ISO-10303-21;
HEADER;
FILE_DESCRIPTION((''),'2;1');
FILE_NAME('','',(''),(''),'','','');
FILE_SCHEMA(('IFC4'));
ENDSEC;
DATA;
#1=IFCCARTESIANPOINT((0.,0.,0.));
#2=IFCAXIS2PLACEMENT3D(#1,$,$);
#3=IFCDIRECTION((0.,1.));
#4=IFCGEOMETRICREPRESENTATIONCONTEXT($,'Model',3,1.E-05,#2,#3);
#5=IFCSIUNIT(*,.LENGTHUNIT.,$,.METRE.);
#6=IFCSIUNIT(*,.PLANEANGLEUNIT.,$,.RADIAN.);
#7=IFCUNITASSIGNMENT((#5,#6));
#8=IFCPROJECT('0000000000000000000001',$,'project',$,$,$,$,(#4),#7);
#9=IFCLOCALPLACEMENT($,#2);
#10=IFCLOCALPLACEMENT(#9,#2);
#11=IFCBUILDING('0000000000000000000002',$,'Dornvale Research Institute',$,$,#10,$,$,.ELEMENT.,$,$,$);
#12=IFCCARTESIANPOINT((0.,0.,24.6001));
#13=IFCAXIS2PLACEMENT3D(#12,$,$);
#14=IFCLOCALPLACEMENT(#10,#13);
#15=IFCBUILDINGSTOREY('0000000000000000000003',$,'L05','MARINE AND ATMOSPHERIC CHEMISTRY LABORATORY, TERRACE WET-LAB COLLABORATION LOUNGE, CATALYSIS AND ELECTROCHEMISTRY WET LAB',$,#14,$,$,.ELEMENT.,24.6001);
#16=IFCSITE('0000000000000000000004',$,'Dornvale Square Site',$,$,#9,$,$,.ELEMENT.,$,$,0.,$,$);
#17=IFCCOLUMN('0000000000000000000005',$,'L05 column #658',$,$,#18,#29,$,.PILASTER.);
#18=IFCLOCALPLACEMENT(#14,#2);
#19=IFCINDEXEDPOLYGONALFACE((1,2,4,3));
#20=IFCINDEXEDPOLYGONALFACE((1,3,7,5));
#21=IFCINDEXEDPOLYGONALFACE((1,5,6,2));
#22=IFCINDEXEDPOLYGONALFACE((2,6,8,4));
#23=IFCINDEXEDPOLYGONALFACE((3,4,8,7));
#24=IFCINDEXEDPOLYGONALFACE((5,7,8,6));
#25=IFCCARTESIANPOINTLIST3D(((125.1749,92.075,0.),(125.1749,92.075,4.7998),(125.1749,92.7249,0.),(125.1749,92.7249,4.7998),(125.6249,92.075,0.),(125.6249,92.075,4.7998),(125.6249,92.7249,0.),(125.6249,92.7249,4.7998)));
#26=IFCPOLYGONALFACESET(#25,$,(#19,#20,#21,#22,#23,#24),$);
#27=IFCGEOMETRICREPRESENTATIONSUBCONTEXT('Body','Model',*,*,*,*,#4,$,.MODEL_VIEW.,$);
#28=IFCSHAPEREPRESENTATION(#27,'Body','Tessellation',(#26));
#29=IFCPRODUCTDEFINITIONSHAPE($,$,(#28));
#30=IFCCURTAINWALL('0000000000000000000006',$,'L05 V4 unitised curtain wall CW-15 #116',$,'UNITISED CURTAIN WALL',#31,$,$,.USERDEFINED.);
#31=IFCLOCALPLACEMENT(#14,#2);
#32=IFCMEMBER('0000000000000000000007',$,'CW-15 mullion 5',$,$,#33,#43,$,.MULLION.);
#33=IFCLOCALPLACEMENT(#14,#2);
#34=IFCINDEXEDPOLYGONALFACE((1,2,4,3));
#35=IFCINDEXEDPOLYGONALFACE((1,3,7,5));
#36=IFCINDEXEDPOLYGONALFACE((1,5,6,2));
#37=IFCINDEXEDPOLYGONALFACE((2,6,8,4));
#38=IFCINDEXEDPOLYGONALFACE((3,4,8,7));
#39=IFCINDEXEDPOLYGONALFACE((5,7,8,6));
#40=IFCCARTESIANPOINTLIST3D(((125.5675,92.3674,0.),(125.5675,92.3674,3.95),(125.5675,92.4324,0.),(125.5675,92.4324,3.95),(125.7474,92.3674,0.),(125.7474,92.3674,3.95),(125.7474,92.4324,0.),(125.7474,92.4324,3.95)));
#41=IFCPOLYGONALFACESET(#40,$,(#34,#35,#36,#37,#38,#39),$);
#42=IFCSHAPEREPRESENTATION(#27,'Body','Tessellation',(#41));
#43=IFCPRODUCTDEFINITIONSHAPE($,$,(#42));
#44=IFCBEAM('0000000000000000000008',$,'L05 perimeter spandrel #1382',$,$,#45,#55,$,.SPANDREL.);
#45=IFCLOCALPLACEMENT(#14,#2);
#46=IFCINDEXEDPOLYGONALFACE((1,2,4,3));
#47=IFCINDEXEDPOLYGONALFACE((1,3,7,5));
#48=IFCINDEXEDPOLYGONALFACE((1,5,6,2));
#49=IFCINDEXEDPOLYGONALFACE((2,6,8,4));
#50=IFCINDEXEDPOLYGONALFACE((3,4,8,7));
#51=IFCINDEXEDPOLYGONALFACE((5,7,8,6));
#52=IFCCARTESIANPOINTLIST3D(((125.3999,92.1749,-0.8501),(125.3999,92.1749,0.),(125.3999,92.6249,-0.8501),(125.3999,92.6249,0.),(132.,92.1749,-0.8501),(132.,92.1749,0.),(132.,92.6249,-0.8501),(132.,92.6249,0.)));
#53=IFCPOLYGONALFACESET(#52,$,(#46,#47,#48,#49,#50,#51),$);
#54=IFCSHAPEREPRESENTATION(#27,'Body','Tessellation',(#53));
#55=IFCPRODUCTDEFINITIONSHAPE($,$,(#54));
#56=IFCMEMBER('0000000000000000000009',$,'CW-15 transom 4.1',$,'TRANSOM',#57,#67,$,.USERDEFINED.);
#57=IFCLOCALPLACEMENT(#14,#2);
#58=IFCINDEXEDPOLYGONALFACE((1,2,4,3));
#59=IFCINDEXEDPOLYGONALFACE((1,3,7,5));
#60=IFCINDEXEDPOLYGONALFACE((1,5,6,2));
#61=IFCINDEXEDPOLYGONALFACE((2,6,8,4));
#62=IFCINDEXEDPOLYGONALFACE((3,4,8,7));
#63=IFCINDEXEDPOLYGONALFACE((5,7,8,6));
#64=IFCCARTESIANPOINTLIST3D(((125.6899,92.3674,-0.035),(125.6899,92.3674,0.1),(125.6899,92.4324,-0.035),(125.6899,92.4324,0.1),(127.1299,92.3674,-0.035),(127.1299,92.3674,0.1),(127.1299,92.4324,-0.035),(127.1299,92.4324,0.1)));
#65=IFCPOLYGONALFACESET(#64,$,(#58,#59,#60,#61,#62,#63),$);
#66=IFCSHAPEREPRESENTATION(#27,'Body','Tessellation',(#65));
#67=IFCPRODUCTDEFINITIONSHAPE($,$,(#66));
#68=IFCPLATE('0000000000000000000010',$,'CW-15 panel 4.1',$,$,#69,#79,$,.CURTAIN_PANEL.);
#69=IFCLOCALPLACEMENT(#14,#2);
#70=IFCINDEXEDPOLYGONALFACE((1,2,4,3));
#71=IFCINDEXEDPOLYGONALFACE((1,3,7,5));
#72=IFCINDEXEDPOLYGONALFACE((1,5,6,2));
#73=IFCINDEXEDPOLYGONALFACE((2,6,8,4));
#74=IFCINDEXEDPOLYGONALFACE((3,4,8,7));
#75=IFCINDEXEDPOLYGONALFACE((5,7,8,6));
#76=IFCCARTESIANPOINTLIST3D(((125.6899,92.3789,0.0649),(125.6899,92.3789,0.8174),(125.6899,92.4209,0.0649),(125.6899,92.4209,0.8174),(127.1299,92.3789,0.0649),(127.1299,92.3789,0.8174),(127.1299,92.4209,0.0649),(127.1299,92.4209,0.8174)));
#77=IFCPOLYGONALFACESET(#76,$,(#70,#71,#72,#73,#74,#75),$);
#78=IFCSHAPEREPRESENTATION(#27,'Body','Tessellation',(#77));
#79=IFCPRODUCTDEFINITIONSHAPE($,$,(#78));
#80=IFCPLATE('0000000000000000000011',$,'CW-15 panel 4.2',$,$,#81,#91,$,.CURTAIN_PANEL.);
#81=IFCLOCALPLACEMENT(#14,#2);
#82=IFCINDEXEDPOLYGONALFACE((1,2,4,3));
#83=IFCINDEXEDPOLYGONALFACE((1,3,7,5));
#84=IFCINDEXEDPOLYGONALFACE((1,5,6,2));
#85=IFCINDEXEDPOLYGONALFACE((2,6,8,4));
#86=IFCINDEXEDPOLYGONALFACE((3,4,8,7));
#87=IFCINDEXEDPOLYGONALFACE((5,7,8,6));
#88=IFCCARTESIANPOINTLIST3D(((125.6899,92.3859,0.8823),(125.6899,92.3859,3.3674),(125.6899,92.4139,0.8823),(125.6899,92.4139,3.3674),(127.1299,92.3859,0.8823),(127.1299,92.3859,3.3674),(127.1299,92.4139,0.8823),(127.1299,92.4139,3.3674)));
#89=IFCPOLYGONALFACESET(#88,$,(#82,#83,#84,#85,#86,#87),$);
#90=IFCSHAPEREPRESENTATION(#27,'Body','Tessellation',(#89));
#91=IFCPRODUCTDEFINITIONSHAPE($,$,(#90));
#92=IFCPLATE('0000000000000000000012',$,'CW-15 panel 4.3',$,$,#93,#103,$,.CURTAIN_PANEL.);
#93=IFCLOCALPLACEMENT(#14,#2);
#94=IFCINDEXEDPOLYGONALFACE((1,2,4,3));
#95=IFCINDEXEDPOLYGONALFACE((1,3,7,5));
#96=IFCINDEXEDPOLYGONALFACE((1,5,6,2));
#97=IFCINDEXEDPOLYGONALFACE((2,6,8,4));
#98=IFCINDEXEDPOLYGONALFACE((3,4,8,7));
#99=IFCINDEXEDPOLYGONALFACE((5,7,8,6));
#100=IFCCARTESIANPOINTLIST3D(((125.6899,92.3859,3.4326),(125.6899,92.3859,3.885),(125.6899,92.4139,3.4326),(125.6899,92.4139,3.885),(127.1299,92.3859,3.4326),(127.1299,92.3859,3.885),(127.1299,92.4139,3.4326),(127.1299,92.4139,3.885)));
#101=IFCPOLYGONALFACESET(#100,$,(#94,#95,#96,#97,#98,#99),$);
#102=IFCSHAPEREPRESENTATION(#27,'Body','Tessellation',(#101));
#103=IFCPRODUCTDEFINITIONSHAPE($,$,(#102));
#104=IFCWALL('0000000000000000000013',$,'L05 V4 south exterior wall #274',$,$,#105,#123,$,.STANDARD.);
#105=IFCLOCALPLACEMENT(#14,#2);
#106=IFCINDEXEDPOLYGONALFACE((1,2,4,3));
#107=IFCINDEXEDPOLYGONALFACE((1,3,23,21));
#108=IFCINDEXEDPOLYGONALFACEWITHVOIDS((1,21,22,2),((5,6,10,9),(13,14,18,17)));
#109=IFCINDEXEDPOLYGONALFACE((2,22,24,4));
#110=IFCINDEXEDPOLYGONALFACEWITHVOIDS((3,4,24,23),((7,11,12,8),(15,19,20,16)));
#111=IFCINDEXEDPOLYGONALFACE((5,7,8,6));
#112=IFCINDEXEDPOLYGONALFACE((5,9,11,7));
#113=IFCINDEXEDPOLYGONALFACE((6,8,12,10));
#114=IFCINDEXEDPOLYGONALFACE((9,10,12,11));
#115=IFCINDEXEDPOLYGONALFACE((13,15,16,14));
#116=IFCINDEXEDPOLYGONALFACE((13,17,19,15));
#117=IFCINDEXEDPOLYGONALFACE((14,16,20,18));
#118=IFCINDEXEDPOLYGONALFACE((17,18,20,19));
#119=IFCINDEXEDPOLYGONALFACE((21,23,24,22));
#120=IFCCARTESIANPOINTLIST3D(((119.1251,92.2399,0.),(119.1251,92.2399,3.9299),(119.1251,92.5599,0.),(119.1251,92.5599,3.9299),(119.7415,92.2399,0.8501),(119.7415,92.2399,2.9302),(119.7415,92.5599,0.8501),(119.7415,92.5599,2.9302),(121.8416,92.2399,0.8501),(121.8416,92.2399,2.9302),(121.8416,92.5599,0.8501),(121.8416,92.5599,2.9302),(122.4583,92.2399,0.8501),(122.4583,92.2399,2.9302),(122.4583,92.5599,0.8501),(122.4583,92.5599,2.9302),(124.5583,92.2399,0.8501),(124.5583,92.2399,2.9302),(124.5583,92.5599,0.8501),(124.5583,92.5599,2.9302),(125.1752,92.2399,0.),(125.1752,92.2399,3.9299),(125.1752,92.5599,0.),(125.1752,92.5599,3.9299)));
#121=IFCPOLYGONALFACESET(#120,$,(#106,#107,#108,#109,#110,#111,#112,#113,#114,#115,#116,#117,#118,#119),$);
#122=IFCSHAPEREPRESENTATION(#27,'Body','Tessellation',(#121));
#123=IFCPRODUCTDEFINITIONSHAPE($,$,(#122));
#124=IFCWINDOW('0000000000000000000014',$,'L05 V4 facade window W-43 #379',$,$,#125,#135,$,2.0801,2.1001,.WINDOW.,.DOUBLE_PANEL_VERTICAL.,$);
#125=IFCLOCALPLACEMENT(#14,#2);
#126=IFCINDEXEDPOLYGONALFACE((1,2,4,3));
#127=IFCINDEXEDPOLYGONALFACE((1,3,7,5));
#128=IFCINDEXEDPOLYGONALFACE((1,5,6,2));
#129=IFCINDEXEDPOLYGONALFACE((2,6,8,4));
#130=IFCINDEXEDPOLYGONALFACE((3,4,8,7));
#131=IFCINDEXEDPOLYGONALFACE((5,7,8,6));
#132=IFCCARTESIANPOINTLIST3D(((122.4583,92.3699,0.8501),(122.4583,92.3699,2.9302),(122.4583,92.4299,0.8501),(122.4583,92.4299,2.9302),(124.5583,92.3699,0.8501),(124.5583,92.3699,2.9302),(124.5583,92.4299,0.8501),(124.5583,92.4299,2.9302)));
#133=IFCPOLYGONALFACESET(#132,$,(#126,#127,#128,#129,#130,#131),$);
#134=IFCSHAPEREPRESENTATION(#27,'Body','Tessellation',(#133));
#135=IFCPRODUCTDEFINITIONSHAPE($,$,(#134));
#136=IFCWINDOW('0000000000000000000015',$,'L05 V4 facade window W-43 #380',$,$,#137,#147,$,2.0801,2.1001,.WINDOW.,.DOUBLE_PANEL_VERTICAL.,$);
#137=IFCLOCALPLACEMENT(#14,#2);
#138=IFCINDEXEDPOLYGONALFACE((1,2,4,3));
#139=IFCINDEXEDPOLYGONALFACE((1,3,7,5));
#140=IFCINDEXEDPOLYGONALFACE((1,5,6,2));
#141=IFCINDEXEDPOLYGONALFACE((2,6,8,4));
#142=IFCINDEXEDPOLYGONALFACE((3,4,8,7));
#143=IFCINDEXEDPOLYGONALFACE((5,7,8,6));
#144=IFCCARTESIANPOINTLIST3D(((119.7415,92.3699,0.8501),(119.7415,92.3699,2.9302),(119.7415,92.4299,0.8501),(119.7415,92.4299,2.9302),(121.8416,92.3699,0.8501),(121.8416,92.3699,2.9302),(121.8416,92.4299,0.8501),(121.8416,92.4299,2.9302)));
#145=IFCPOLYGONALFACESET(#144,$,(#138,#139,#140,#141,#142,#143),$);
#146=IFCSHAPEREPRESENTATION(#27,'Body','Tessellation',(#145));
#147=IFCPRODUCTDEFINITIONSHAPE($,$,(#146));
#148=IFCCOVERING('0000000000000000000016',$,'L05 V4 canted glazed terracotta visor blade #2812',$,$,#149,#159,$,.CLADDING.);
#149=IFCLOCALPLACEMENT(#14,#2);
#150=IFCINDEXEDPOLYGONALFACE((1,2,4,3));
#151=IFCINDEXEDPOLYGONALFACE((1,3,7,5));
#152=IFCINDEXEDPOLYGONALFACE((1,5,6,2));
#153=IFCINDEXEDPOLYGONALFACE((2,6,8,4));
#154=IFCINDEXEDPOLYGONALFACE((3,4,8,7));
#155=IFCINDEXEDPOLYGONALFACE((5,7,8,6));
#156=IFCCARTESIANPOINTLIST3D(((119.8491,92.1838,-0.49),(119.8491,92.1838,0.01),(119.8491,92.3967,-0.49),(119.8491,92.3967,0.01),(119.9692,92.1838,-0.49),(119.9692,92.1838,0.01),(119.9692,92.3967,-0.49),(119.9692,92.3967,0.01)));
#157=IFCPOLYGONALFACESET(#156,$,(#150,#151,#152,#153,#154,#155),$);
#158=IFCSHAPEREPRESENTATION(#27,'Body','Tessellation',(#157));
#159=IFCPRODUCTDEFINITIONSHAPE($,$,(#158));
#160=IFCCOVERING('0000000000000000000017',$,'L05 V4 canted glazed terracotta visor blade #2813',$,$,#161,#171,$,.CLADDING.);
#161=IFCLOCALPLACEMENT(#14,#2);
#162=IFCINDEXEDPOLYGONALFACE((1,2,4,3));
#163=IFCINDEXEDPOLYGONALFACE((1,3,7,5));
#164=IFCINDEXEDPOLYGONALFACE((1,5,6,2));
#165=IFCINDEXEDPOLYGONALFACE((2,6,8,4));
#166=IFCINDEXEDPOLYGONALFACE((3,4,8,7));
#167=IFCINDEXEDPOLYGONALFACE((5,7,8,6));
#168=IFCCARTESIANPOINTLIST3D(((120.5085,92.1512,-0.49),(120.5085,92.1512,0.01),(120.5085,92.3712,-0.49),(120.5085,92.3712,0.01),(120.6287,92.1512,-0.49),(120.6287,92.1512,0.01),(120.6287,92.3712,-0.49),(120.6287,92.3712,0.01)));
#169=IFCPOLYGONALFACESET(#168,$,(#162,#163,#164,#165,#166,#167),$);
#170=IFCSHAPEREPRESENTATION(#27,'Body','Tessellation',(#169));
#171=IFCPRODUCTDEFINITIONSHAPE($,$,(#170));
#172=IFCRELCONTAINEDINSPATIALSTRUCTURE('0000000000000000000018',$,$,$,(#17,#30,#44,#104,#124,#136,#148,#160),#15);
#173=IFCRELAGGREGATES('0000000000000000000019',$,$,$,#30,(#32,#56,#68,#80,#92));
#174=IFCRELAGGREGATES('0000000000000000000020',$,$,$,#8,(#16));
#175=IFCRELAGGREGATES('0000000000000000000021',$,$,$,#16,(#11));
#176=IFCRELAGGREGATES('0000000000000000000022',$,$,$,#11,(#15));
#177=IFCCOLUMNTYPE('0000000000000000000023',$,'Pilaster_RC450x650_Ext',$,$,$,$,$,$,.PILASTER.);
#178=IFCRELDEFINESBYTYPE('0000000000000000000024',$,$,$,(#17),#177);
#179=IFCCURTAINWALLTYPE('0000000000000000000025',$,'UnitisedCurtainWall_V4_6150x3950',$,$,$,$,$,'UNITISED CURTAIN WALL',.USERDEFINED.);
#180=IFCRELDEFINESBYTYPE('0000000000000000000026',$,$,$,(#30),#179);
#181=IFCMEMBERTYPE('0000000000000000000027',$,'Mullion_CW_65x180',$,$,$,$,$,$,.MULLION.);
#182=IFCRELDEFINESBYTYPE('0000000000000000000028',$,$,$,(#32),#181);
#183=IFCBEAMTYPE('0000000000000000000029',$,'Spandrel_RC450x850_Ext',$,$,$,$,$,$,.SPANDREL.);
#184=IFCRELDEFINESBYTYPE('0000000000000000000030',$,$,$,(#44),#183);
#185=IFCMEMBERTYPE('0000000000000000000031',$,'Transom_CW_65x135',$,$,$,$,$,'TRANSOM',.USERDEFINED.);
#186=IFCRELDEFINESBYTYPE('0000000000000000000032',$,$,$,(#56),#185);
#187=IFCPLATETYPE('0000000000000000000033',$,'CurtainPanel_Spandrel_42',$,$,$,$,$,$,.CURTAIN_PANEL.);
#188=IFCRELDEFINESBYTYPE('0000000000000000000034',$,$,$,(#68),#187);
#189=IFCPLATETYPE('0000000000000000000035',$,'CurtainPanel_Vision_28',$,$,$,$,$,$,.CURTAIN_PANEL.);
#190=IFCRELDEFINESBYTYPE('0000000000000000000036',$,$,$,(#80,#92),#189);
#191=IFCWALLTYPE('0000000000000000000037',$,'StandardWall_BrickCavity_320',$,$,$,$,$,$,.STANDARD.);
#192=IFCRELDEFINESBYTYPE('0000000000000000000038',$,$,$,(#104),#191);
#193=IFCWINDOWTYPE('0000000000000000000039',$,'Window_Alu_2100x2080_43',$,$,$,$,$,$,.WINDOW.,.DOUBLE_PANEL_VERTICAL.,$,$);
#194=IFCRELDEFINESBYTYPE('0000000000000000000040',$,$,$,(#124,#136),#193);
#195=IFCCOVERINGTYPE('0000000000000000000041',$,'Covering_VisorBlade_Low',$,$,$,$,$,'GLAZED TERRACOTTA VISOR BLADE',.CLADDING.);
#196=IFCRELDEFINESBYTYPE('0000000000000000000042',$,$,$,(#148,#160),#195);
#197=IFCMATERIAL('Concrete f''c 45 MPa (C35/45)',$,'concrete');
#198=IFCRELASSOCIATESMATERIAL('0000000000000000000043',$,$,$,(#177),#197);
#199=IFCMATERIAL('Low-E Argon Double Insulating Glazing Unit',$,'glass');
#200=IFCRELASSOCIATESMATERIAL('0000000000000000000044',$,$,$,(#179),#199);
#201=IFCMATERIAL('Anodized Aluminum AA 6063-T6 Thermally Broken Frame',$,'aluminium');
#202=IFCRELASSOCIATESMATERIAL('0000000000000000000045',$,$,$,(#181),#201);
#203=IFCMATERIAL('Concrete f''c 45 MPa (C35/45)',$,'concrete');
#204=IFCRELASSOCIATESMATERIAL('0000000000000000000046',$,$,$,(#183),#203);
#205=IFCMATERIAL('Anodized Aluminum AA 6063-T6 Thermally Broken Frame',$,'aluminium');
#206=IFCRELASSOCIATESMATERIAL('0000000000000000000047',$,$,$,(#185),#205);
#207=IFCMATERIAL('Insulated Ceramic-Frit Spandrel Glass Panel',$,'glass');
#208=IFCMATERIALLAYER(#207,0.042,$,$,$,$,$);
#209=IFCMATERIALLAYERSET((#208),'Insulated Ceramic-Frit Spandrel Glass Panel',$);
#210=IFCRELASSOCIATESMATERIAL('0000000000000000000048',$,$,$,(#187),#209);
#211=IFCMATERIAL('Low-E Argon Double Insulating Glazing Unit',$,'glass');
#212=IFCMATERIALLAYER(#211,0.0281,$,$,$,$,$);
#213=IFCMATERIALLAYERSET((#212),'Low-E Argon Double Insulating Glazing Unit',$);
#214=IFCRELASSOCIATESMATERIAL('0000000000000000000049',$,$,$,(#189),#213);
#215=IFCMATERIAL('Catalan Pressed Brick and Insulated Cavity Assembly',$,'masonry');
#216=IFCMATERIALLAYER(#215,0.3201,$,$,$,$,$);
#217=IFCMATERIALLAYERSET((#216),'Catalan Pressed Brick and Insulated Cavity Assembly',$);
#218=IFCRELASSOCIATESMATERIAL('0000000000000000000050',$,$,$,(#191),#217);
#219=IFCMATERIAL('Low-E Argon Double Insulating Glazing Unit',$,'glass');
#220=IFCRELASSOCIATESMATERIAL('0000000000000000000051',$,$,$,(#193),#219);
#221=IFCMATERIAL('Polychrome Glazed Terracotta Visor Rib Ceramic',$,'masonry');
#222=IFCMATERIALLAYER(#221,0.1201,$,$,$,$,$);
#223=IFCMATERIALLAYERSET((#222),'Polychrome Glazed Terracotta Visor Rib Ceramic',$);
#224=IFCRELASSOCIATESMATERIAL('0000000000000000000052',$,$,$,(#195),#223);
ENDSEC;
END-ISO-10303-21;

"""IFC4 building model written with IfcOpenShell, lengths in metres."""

from ifc_helpers import new_model, si_unit, direction, frame, frame_2d, origin, origin_2d, place, context, subcontext, project, spatial, rectangle, extrude, material, layer, layer_set, material_profile, profile_set, type_object, element, fill, aggregate, save


model = new_model("IFC4")

# Units and contexts
model_context = context("Model", 3, precision=1e-05, world=origin(), true_north=direction((0.0, 1.0)))
body_context = subcontext(model_context, "Body", "Model", "MODEL_VIEW")
ifc_project = project(units=[si_unit("LENGTHUNIT", "METRE"), si_unit("PLANEANGLEUNIT", "RADIAN")], contexts=[model_context])

# Site, building, storey
site_placement = place(None, origin())
site = spatial("IfcSite", under=ifc_project, at=site_placement, Name="Dornvale Square Site", CompositionType="ELEMENT", RefElevation=0.0)
building_placement = place(site_placement, origin())
building = spatial("IfcBuilding", under=site, at=building_placement, Name="Dornvale Research Institute", CompositionType="ELEMENT")
storey_placement = place(building_placement, frame((0.0, 0.0, 24.6001)))
storey = spatial("IfcBuildingStorey", under=building, at=storey_placement, Name="L05", Description="MARINE AND ATMOSPHERIC CHEMISTRY LABORATORY, TERRACE WET-LAB COLLABORATION LOUNGE, CATALYSIS AND ELECTROCHEMISTRY WET LAB", CompositionType="ELEMENT", Elevation=24.6001)

# Column
ifc_material_1 = material(Name="Concrete f'c 45 MPa (C35/45)", Category="concrete")
ifc_material_profile_1 = material_profile(ifc_material_1, rectangle(XDim=0.45, YDim=0.6499, at=origin_2d()), Name="RC 450x650")
ifc_profile_set_1 = profile_set([ifc_material_profile_1], Name="Concrete f'c 45 MPa (C35/45)")
column_type = type_object("IfcColumnType", Name="Pilaster_RC450x650_Ext", PredefinedType="PILASTER", material=ifc_profile_set_1)
column_placement = place(storey_placement, frame((125.3999, 92.3999, 0.0), z_axis=(0.0, 0.0, 1.0), x_axis=(1.0, 0.0, 0.0)))
element("IfcColumn", 1, at=column_placement, inside=storey, type_object=column_type, Name="L05 column #658", PredefinedType="PILASTER", context=body_context, shape_type="SweptSolid", body=[
    extrude(rectangle(XDim=0.45, YDim=0.6499, at=origin_2d()), origin(), (0.0, 0.0, 1.0), 4.7998),
])

# Curtain wall, member
ifc_material_2 = material(Name="Low-E Argon Double Insulating Glazing Unit", Category="glass")
curtain_wall_type = type_object("IfcCurtainWallType", Name="UnitisedCurtainWall_V4_6150x3950", ElementType="UNITISED CURTAIN WALL", PredefinedType="USERDEFINED", material=ifc_material_2)
curtain_wall_placement = place(storey_placement, origin())
curtain_wall = element("IfcCurtainWall", 2, at=curtain_wall_placement, inside=storey, type_object=curtain_wall_type, Name="L05 V4 unitised curtain wall CW-15 #116", ObjectType="UNITISED CURTAIN WALL", PredefinedType="USERDEFINED")
ifc_material_3 = material(Name="Anodized Aluminum AA 6063-T6 Thermally Broken Frame", Category="aluminium")
ifc_material_profile_2 = material_profile(ifc_material_3, rectangle(XDim=0.0649, YDim=0.1799, at=origin_2d()), Name="ALU MULLION 65x180")
ifc_profile_set_2 = profile_set([ifc_material_profile_2], Name="Anodized Aluminum AA 6063-T6 Thermally Broken Frame")
member_type_1 = type_object("IfcMemberType", Name="Mullion_CW_65x180", PredefinedType="MULLION", material=ifc_profile_set_2)
member_1_placement = place(storey_placement, frame((125.6575, 92.3999, 0.0), z_axis=(0.0, 0.0, 1.0), x_axis=(0.0, -1.0, 0.0)))
member_1 = element("IfcMember", 3, at=member_1_placement, type_object=member_type_1, Name="CW-15 mullion 5", PredefinedType="MULLION", context=body_context, shape_type="SweptSolid", body=[
    extrude(rectangle(XDim=0.0649, YDim=0.1799, at=origin_2d()), origin(), (0.0, 0.0, 1.0), 3.95),
])

# Beam
ifc_material_4 = material(Name="Concrete f'c 45 MPa (C35/45)", Category="concrete")
ifc_material_profile_3 = material_profile(ifc_material_4, rectangle(XDim=0.45, YDim=0.8501, at=origin_2d()), Name="RC 450x850")
ifc_profile_set_3 = profile_set([ifc_material_profile_3], Name="Concrete f'c 45 MPa (C35/45)")
beam_type = type_object("IfcBeamType", Name="Spandrel_RC450x850_Ext", PredefinedType="SPANDREL", material=ifc_profile_set_3)
beam_placement = place(storey_placement, frame((125.3999, 92.3999, -0.425), z_axis=(1.0, 0.0, 0.0), x_axis=(0.0, 1.0, 0.0)))
element("IfcBeam", 4, at=beam_placement, inside=storey, type_object=beam_type, Name="L05 perimeter spandrel #1382", PredefinedType="SPANDREL", context=body_context, shape_type="SweptSolid", body=[
    extrude(rectangle(XDim=0.45, YDim=0.8501, at=origin_2d()), origin(), (0.0, 0.0, 1.0), 6.6001),
])

# Member
ifc_material_5 = material(Name="Anodized Aluminum AA 6063-T6 Thermally Broken Frame", Category="aluminium")
ifc_material_profile_4 = material_profile(ifc_material_5, rectangle(XDim=0.0649, YDim=0.135, at=origin_2d()), Name="ALU TRANSOM 65x135")
ifc_profile_set_4 = profile_set([ifc_material_profile_4], Name="Anodized Aluminum AA 6063-T6 Thermally Broken Frame")
member_type_2 = type_object("IfcMemberType", Name="Transom_CW_65x135", ElementType="TRANSOM", PredefinedType="USERDEFINED", material=ifc_profile_set_4)
member_2_placement = place(storey_placement, frame((127.1299, 92.3999, 0.0325), z_axis=(-1.0, 0.0, 0.0), x_axis=(0.0, -1.0, 0.0)))
member_2 = element("IfcMember", 5, at=member_2_placement, type_object=member_type_2, Name="CW-15 transom 4.1", ObjectType="TRANSOM", PredefinedType="USERDEFINED", context=body_context, shape_type="SweptSolid", body=[
    extrude(rectangle(XDim=0.0649, YDim=0.135, at=origin_2d()), origin(), (0.0, 0.0, 1.0), 1.4399),
])

# Plates
ifc_material_6 = material(Name="Insulated Ceramic-Frit Spandrel Glass Panel", Category="glass")
ifc_layer_1 = layer(ifc_material_6, 0.042)
ifc_layer_set_1 = layer_set([ifc_layer_1], Name="Insulated Ceramic-Frit Spandrel Glass Panel")
plate_type_1 = type_object("IfcPlateType", Name="CurtainPanel_Spandrel_42", PredefinedType="CURTAIN_PANEL", material=ifc_layer_set_1)
plate_1_placement = place(storey_placement, frame((126.4099, 92.3999, 0.0649), z_axis=(0.0, 0.0, 1.0), x_axis=(-1.0, 0.0, 0.0)))
plate_1 = element("IfcPlate", 6, at=plate_1_placement, type_object=plate_type_1, Name="CW-15 panel 4.1", PredefinedType="CURTAIN_PANEL", context=body_context, shape_type="SweptSolid", body=[
    extrude(rectangle(XDim=1.4399, YDim=0.042, at=origin_2d()), origin(), (0.0, 0.0, 1.0), 0.7524),
])
ifc_material_7 = material(Name="Low-E Argon Double Insulating Glazing Unit", Category="glass")
ifc_layer_2 = layer(ifc_material_7, 0.0281)
ifc_layer_set_2 = layer_set([ifc_layer_2], Name="Low-E Argon Double Insulating Glazing Unit")
plate_type_2 = type_object("IfcPlateType", Name="CurtainPanel_Vision_28", PredefinedType="CURTAIN_PANEL", material=ifc_layer_set_2)
plate_2_placement = place(storey_placement, frame((126.4099, 92.3999, 0.8823), z_axis=(0.0, 0.0, 1.0), x_axis=(-1.0, 0.0, 0.0)))
plate_2 = element("IfcPlate", 7, at=plate_2_placement, type_object=plate_type_2, Name="CW-15 panel 4.2", PredefinedType="CURTAIN_PANEL", context=body_context, shape_type="SweptSolid", body=[
    extrude(rectangle(XDim=1.4399, YDim=0.0281, at=origin_2d()), origin(), (0.0, 0.0, 1.0), 2.4851),
])
plate_3_placement = place(storey_placement, frame((126.4099, 92.3999, 3.4326), z_axis=(0.0, 0.0, 1.0), x_axis=(-1.0, 0.0, 0.0)))
plate_3 = element("IfcPlate", 8, at=plate_3_placement, type_object=plate_type_2, Name="CW-15 panel 4.3", PredefinedType="CURTAIN_PANEL", context=body_context, shape_type="SweptSolid", body=[
    extrude(rectangle(XDim=1.4399, YDim=0.0281, at=origin_2d()), origin(), (0.0, 0.0, 1.0), 0.4524),
])
aggregate(curtain_wall, [member_1, member_2, plate_1, plate_2, plate_3])

# Wall, openings, windows
ifc_material_8 = material(Name="Catalan Pressed Brick and Insulated Cavity Assembly", Category="masonry")
ifc_layer_3 = layer(ifc_material_8, 0.3201)
ifc_layer_set_3 = layer_set([ifc_layer_3], Name="Catalan Pressed Brick and Insulated Cavity Assembly")
wall_type = type_object("IfcWallType", Name="StandardWall_BrickCavity_320", PredefinedType="STANDARD", material=ifc_layer_set_3)
wall_placement = place(storey_placement, frame((125.175, 92.3999, 0.0), z_axis=(0.0, 0.0, 1.0), x_axis=(-1.0, 0.0, 0.0)))
wall = element("IfcWall", 9, at=wall_placement, inside=storey, type_object=wall_type, Name="L05 V4 south exterior wall #274", PredefinedType="STANDARD", context=body_context, shape_type="SweptSolid", body=[
    extrude(rectangle(XDim=6.05, YDim=0.3201, at=frame_2d((3.0249, 0.0))), origin(), (0.0, 0.0, 1.0), 3.9299),
])
opening_1_placement = place(wall_placement, frame((0.6167, 0.0, 0.8501)))
opening_1 = element("IfcOpeningElement", 10, at=opening_1_placement, cuts=wall, PredefinedType="OPENING", context=body_context, shape_type="SweptSolid", body=[
    extrude(rectangle(XDim=2.1001, YDim=2.0801, at=frame_2d((1.05, 1.04))), frame((0.0, 0.175, 0.0), z_axis=(0.0, -1.0, 0.0), x_axis=(1.0, 0.0, 0.0)), (0.0, 0.0, 1.0), 0.3501),
])
opening_2_placement = place(wall_placement, frame((3.3335, 0.0, 0.8501)))
opening_2 = element("IfcOpeningElement", 11, at=opening_2_placement, cuts=wall, PredefinedType="OPENING", context=body_context, shape_type="SweptSolid", body=[
    extrude(rectangle(XDim=2.1001, YDim=2.0801, at=frame_2d((1.05, 1.04))), frame((0.0, 0.175, 0.0), z_axis=(0.0, -1.0, 0.0), x_axis=(1.0, 0.0, 0.0)), (0.0, 0.0, 1.0), 0.3501),
])
ifc_material_9 = material(Name="Low-E Argon Double Insulating Glazing Unit", Category="glass")
window_type = type_object("IfcWindowType", Name="Window_Alu_2100x2080_43", PartitioningType="DOUBLE_PANEL_VERTICAL", PredefinedType="WINDOW", material=ifc_material_9)
window_1_placement = place(opening_1_placement, origin())
window_1 = element("IfcWindow", 12, at=window_1_placement, inside=storey, type_object=window_type, Name="L05 V4 facade window W-43 #379", OverallHeight=2.0801, OverallWidth=2.1001, PartitioningType="DOUBLE_PANEL_VERTICAL", PredefinedType="WINDOW", context=body_context, shape_type="SweptSolid", body=[
    extrude(rectangle(XDim=2.1001, YDim=2.0801, at=frame_2d((1.05, 1.04))), frame((0.0, 0.03, 0.0), z_axis=(0.0, -1.0, 0.0), x_axis=(1.0, 0.0, 0.0)), (0.0, 0.0, 1.0), 0.0601),
])
fill(opening_1, window_1)
window_2_placement = place(opening_2_placement, origin())
window_2 = element("IfcWindow", 13, at=window_2_placement, inside=storey, type_object=window_type, Name="L05 V4 facade window W-43 #380", OverallHeight=2.0801, OverallWidth=2.1001, PartitioningType="DOUBLE_PANEL_VERTICAL", PredefinedType="WINDOW", context=body_context, shape_type="SweptSolid", body=[
    extrude(rectangle(XDim=2.1001, YDim=2.0801, at=frame_2d((1.05, 1.04))), frame((0.0, 0.03, 0.0), z_axis=(0.0, -1.0, 0.0), x_axis=(1.0, 0.0, 0.0)), (0.0, 0.0, 1.0), 0.0601),
])
fill(opening_2, window_2)

# Coverings
ifc_material_10 = material(Name="Polychrome Glazed Terracotta Visor Rib Ceramic", Category="masonry")
ifc_layer_4 = layer(ifc_material_10, 0.1201)
ifc_layer_set_4 = layer_set([ifc_layer_4], Name="Polychrome Glazed Terracotta Visor Rib Ceramic")
covering_type = type_object("IfcCoveringType", Name="Covering_VisorBlade_Low", ElementType="GLAZED TERRACOTTA VISOR BLADE", PredefinedType="CLADDING", material=ifc_layer_set_4)
covering_1_placement = place(storey_placement, frame((119.9092, 92.2903, -0.49), z_axis=(0.0, 0.0, 1.0), x_axis=(0.0, 1.0, 0.0)))
element("IfcCovering", 14, at=covering_1_placement, inside=storey, type_object=covering_type, Name="L05 V4 canted glazed terracotta visor blade #2812", PredefinedType="CLADDING", context=body_context, shape_type="SweptSolid", body=[
    extrude(rectangle(XDim=0.2129, YDim=0.1201, at=origin_2d()), origin(), (0.0, 0.0, 1.0), 0.5),
])
covering_2_placement = place(storey_placement, frame((120.5686, 92.2612, -0.49), z_axis=(0.0, 0.0, 1.0), x_axis=(0.0, 1.0, 0.0)))
element("IfcCovering", 15, at=covering_2_placement, inside=storey, type_object=covering_type, Name="L05 V4 canted glazed terracotta visor blade #2813", PredefinedType="CLADDING", context=body_context, shape_type="SweptSolid", body=[
    extrude(rectangle(XDim=0.22, YDim=0.1201, at=origin_2d()), origin(), (0.0, 0.0, 1.0), 0.5),
])

save(model, "model.ifc")
